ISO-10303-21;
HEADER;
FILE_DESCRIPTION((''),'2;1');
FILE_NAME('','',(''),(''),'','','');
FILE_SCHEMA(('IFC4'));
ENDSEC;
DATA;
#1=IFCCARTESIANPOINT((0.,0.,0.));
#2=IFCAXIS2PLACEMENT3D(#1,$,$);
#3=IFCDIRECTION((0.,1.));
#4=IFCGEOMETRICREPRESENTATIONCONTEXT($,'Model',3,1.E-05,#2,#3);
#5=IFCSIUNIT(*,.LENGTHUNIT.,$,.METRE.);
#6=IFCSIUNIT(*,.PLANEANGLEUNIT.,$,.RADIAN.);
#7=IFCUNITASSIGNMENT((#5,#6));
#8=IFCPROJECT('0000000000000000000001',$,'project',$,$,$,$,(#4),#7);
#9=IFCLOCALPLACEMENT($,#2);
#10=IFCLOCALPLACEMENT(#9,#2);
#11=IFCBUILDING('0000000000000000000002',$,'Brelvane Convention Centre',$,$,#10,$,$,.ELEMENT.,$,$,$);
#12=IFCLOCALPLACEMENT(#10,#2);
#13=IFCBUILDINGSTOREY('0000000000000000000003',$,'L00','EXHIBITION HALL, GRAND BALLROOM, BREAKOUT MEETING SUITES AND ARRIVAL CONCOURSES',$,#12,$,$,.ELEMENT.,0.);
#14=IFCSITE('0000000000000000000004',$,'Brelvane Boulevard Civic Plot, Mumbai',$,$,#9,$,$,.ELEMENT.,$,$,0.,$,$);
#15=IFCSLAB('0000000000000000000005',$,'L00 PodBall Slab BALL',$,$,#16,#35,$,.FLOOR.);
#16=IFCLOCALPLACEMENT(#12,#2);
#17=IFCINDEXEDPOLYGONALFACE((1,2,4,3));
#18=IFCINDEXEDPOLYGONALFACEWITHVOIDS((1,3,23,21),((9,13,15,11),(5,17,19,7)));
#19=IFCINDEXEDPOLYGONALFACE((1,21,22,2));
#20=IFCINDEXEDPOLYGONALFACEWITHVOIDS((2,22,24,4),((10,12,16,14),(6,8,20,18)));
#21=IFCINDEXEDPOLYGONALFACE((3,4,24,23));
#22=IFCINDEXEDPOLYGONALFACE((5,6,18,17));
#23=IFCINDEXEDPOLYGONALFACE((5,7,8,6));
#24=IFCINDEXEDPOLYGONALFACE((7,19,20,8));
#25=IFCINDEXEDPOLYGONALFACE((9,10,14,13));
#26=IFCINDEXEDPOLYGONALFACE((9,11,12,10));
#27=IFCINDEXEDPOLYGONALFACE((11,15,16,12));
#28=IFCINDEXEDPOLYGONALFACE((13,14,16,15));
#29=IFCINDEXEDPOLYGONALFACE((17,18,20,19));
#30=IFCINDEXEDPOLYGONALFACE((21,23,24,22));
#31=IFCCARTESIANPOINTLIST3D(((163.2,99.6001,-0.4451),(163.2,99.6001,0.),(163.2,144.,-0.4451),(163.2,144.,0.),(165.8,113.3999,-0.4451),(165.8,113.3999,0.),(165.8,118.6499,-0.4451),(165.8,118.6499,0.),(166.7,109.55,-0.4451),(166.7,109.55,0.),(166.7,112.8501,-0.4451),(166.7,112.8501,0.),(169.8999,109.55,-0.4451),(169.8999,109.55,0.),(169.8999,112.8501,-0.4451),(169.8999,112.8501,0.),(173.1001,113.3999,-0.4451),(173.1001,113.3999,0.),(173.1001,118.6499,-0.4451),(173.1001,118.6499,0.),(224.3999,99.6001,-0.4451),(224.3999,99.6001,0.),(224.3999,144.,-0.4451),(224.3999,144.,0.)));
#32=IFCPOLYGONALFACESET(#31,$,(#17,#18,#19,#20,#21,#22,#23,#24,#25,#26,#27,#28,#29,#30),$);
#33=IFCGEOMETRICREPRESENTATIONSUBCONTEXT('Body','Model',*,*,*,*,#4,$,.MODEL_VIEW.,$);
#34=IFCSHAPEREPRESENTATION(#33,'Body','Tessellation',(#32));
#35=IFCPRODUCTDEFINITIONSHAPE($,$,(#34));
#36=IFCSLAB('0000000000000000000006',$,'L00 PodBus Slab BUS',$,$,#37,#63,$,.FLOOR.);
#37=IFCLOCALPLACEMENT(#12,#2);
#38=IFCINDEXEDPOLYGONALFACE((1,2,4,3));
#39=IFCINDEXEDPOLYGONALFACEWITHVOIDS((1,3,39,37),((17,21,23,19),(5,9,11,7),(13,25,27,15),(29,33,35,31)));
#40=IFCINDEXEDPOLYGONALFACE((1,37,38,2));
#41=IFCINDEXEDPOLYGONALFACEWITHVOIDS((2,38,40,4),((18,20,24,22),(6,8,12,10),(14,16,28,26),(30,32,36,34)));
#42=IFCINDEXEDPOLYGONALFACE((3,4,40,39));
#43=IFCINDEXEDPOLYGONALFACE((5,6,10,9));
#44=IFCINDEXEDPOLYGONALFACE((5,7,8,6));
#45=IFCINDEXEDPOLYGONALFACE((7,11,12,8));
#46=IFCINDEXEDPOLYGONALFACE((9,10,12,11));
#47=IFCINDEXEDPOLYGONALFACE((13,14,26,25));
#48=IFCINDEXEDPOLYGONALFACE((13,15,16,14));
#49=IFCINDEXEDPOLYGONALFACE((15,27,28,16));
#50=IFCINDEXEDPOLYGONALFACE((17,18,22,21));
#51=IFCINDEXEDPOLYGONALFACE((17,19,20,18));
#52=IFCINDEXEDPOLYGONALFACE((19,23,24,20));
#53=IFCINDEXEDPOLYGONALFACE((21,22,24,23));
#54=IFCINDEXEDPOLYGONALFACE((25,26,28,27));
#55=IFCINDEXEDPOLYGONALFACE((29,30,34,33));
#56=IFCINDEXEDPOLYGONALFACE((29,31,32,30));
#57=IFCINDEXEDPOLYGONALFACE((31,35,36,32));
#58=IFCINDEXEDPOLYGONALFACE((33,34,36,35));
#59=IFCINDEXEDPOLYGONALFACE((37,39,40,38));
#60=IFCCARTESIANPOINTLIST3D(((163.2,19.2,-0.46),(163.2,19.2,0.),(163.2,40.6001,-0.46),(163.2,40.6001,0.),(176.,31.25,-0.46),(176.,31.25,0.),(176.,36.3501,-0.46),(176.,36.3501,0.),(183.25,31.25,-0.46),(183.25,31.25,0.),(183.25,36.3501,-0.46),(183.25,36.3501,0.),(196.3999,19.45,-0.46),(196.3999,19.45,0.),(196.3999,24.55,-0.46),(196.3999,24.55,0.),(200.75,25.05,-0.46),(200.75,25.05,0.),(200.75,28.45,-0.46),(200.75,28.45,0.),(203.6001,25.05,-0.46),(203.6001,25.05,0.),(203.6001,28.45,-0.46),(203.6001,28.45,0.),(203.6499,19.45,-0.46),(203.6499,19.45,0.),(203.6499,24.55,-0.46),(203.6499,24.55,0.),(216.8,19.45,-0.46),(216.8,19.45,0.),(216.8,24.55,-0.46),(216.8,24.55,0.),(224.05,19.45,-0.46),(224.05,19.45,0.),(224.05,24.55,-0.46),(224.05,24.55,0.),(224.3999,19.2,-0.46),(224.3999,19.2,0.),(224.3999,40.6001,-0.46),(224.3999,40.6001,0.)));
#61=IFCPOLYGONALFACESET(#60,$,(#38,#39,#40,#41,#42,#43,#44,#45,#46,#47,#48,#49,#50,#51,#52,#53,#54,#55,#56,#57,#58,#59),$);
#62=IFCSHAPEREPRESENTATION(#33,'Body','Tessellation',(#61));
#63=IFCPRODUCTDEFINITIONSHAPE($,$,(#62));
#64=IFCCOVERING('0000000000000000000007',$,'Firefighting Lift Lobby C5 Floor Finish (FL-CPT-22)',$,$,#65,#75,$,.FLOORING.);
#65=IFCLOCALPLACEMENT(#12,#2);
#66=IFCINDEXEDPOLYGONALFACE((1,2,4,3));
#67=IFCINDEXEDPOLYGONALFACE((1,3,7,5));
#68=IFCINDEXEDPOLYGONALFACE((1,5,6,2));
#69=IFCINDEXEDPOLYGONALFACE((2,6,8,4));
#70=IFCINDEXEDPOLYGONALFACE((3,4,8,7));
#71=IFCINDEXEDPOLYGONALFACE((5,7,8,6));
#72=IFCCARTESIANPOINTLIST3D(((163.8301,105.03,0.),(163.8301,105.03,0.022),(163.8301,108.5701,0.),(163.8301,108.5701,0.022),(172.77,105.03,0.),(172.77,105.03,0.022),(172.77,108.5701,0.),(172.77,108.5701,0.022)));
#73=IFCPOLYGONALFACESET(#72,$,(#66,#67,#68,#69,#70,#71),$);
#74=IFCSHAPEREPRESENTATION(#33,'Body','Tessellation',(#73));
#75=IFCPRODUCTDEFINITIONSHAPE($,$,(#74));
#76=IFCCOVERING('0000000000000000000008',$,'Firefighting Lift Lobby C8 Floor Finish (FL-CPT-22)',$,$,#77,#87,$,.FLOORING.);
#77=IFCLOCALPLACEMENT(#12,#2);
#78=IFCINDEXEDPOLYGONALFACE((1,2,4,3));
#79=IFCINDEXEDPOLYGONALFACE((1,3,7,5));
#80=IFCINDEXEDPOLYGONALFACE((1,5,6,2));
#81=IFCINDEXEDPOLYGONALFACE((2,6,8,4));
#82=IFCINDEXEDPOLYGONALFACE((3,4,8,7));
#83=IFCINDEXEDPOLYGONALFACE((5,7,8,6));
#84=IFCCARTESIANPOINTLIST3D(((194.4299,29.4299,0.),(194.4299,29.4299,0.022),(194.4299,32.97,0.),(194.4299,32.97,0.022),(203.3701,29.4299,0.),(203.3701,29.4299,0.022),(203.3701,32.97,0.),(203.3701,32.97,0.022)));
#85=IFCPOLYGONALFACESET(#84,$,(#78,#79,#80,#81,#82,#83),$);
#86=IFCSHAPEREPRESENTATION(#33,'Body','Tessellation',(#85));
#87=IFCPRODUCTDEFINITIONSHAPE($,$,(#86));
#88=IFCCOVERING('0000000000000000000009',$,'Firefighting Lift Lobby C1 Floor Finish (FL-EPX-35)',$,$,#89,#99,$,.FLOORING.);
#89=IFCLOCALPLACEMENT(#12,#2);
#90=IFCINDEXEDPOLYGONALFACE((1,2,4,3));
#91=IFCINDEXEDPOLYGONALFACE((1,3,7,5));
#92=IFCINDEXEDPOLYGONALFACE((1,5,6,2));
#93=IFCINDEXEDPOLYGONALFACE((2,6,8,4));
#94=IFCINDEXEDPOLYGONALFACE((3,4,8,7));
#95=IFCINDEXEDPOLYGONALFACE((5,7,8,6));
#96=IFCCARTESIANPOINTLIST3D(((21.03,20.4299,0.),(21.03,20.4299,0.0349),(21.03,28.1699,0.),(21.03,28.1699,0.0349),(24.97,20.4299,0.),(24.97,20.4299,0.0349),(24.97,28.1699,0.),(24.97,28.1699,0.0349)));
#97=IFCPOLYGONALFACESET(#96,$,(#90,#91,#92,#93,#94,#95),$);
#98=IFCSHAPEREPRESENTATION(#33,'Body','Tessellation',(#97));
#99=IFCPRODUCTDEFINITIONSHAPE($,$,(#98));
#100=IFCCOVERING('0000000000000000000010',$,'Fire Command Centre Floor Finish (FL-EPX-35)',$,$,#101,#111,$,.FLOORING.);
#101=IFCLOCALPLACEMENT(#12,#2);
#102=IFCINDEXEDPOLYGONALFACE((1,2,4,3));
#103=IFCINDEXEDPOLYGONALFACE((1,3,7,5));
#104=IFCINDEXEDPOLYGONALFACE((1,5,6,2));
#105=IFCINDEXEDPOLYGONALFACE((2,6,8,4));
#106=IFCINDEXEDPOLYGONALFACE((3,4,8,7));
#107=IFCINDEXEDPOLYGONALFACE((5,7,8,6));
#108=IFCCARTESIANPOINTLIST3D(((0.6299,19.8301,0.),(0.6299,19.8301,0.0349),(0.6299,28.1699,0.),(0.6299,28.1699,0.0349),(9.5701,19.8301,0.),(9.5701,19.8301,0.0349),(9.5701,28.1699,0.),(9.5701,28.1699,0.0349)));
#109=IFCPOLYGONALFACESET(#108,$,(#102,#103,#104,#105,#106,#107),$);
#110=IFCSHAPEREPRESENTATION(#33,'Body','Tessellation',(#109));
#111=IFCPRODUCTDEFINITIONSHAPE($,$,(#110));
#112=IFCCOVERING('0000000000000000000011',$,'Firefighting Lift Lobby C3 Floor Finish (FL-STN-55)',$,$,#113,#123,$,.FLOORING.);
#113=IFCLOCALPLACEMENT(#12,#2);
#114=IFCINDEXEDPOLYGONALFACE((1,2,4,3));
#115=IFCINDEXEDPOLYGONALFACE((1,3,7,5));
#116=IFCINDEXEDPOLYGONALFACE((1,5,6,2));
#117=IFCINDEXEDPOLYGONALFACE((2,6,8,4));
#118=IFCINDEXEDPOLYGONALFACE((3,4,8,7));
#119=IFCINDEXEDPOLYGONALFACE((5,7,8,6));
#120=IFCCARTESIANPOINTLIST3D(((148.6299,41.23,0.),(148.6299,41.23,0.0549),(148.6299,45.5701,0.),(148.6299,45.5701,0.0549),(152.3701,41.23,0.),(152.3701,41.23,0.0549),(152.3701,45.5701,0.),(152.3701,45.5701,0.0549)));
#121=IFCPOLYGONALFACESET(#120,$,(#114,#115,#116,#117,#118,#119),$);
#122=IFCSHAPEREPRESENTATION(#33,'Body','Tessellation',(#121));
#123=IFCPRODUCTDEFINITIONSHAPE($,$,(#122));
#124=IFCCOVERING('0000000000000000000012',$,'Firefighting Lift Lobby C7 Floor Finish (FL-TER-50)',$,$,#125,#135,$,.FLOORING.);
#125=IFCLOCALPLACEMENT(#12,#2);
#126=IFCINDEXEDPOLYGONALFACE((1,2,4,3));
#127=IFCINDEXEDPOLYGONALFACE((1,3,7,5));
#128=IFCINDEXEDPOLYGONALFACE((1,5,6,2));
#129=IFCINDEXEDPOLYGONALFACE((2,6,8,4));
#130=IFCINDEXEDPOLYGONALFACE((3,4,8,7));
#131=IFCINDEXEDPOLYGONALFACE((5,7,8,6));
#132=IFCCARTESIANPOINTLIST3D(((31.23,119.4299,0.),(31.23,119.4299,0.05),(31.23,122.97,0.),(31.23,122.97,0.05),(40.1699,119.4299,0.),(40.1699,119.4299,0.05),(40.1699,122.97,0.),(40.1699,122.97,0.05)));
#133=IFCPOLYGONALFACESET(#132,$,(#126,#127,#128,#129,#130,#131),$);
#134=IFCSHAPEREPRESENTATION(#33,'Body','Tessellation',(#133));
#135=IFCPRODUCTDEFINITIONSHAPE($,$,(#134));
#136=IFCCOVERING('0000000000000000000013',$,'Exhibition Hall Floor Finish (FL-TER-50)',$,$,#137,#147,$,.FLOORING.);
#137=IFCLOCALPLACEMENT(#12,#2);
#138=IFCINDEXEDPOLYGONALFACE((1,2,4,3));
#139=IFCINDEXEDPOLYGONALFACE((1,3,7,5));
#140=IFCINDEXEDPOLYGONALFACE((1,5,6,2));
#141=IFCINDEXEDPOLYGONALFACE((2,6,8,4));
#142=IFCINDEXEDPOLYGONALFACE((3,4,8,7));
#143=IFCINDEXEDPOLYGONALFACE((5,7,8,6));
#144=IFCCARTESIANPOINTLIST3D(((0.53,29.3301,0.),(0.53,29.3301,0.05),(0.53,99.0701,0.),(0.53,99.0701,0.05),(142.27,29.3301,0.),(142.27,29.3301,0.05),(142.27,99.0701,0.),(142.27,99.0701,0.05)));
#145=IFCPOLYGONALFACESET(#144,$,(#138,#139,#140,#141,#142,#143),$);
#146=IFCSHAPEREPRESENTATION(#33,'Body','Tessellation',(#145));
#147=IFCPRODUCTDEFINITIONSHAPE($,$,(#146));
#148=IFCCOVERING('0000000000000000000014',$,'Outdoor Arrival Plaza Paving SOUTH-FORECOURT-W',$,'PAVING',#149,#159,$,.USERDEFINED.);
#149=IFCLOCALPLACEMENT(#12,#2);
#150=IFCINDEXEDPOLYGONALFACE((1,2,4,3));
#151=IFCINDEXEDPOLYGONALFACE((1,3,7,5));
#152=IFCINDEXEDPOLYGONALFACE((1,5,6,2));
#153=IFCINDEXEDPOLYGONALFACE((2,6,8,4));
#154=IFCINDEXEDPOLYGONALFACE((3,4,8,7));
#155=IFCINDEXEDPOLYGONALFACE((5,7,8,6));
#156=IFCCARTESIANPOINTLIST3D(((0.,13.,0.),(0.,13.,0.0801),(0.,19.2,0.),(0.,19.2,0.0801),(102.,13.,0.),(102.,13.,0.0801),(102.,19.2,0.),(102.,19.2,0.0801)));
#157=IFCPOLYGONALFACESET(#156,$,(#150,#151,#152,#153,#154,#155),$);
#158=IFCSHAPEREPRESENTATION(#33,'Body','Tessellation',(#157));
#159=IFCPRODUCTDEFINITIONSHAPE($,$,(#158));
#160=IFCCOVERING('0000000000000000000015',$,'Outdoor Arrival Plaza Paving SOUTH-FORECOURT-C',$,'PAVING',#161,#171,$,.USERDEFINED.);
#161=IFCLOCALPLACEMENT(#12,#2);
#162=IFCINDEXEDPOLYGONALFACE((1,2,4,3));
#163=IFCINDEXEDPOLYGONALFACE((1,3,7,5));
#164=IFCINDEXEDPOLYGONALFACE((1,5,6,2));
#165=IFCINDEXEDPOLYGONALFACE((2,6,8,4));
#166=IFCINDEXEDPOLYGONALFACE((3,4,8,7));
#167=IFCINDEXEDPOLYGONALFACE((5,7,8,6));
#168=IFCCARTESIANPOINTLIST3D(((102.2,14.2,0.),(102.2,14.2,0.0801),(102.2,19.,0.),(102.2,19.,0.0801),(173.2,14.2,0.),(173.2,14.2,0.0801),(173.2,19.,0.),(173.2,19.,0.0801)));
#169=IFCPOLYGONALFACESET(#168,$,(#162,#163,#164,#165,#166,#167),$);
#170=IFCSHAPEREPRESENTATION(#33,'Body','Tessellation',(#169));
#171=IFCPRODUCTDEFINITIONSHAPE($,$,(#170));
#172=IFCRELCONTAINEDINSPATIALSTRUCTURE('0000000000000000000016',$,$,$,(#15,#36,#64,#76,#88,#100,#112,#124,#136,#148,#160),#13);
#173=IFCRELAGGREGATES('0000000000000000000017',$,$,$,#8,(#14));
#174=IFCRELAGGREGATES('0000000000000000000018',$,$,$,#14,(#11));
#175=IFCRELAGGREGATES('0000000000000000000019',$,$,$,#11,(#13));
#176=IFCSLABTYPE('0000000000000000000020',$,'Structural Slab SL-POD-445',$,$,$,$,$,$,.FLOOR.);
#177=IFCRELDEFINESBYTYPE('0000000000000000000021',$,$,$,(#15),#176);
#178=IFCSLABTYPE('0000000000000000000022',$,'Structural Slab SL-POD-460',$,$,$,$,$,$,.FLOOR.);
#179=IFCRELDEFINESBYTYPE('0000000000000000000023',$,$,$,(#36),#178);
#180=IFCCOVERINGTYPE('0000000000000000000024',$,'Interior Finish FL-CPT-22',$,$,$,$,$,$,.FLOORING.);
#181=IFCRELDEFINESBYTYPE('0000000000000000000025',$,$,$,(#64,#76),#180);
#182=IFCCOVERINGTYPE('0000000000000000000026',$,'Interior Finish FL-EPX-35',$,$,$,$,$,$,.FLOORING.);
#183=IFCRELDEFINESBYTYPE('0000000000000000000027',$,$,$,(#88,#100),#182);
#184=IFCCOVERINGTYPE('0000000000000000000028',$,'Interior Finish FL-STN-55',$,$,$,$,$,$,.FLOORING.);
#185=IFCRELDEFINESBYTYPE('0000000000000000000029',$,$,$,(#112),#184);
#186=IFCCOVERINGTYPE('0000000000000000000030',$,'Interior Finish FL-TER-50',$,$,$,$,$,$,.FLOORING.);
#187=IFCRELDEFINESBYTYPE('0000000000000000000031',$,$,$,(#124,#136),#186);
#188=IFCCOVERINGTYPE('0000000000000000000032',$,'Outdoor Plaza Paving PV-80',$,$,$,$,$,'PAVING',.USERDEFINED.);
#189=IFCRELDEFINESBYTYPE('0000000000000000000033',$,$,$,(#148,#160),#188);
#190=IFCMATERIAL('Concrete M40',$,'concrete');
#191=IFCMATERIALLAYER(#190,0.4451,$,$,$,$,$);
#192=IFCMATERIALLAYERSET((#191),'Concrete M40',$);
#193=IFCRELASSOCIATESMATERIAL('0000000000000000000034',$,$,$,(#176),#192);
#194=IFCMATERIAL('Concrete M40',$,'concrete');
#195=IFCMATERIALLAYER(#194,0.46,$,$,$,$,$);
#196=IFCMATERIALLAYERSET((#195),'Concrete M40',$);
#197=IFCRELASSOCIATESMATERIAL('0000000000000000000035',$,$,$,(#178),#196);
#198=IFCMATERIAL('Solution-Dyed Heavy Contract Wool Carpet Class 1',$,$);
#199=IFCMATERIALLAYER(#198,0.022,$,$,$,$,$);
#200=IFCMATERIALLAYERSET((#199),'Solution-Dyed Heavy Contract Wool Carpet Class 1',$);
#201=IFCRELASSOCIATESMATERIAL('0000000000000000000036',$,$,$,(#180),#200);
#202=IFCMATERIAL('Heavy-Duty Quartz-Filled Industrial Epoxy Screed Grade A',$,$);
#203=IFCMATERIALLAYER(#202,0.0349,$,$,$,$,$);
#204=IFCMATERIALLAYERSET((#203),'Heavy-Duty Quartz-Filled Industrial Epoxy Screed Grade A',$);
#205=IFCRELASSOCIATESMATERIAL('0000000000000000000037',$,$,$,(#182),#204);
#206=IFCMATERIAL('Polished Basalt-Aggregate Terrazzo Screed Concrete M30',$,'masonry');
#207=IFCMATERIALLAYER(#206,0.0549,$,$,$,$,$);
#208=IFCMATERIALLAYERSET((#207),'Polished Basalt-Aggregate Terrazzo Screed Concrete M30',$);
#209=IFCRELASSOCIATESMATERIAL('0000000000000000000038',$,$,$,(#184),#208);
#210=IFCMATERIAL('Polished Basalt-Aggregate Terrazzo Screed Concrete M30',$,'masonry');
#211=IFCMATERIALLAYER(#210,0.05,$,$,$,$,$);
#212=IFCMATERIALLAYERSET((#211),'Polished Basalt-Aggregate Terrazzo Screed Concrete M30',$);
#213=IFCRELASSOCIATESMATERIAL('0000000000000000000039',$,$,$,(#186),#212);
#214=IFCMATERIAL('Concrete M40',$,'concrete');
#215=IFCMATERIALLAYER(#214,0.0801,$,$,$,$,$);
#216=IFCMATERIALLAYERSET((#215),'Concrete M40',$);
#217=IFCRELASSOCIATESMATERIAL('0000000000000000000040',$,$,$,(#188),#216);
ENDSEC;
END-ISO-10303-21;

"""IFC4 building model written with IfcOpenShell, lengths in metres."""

from ifc_helpers import new_model, si_unit, direction, frame, origin, place, context, subcontext, project, spatial, polyline, outline, extrude, material, layer, layer_set, type_object, element, save


model = new_model("IFC4")

# Units and contexts
model_context = context("Model", 3, precision=1e-05, world=origin(), true_north=direction((0.0, 1.0)))
body_context = subcontext(model_context, "Body", "Model", "MODEL_VIEW")
ifc_project = project(units=[si_unit("LENGTHUNIT", "METRE"), si_unit("PLANEANGLEUNIT", "RADIAN")], contexts=[model_context])

# Site, building, storey
site_placement = place(None, origin())
site = spatial("IfcSite", under=ifc_project, at=site_placement, Name="Brelvane Boulevard Civic Plot, Mumbai", CompositionType="ELEMENT", RefElevation=0.0)
building_placement = place(site_placement, origin())
building = spatial("IfcBuilding", under=site, at=building_placement, Name="Brelvane Convention Centre", CompositionType="ELEMENT")
storey_placement = place(building_placement, origin())
storey = spatial("IfcBuildingStorey", under=building, at=storey_placement, Name="L00", Description="EXHIBITION HALL, GRAND BALLROOM, BREAKOUT MEETING SUITES AND ARRIVAL CONCOURSES", CompositionType="ELEMENT", Elevation=0.0)

# Slabs
ifc_material_1 = material(Name="Concrete M40", Category="concrete")
ifc_layer_1 = layer(ifc_material_1, 0.4451)
ifc_layer_set_1 = layer_set([ifc_layer_1], Name="Concrete M40")
slab_type_1 = type_object("IfcSlabType", Name="Structural Slab SL-POD-445", PredefinedType="FLOOR", material=ifc_layer_set_1)
slab_1_placement = place(storey_placement, frame((0.0, 0.0, -0.4451)))
element("IfcSlab", 1, at=slab_1_placement, inside=storey, type_object=slab_type_1, Name="L00 PodBall Slab BALL", PredefinedType="FLOOR", context=body_context, shape_type="SweptSolid", body=[
    extrude(outline(polyline([(163.2, 99.6001), (224.3999, 99.6001), (224.3999, 144.0), (163.2, 144.0), (163.2, 99.6001)]), holes=[polyline([(165.8, 113.3999), (173.1001, 113.3999), (173.1001, 118.6499), (165.8, 118.6499), (165.8, 113.3999)]), polyline([(166.7, 109.55), (169.8999, 109.55), (169.8999, 112.8501), (166.7, 112.8501), (166.7, 109.55)])]), origin(), (0.0, 0.0, 1.0), 0.4451),
])
ifc_material_2 = material(Name="Concrete M40", Category="concrete")
ifc_layer_2 = layer(ifc_material_2, 0.46)
ifc_layer_set_2 = layer_set([ifc_layer_2], Name="Concrete M40")
slab_type_2 = type_object("IfcSlabType", Name="Structural Slab SL-POD-460", PredefinedType="FLOOR", material=ifc_layer_set_2)
slab_2_placement = place(storey_placement, frame((0.0, 0.0, -0.46)))
element("IfcSlab", 2, at=slab_2_placement, inside=storey, type_object=slab_type_2, Name="L00 PodBus Slab BUS", PredefinedType="FLOOR", context=body_context, shape_type="SweptSolid", body=[
    extrude(outline(polyline([(163.2, 19.2), (224.3999, 19.2), (224.3999, 40.6001), (163.2, 40.6001), (163.2, 19.2)]), holes=[polyline([(196.3999, 19.45), (203.6499, 19.45), (203.6499, 24.55), (196.3999, 24.55), (196.3999, 19.45)]), polyline([(200.75, 25.05), (203.6001, 25.05), (203.6001, 28.45), (200.75, 28.45), (200.75, 25.05)]), polyline([(216.8, 19.45), (224.05, 19.45), (224.05, 24.55), (216.8, 24.55), (216.8, 19.45)]), polyline([(176.0, 31.25), (183.25, 31.25), (183.25, 36.3501), (176.0, 36.3501), (176.0, 31.25)])]), origin(), (0.0, 0.0, 1.0), 0.46),
])

# Coverings
ifc_material_3 = material(Name="Solution-Dyed Heavy Contract Wool Carpet Class 1")
ifc_layer_3 = layer(ifc_material_3, 0.022)
ifc_layer_set_3 = layer_set([ifc_layer_3], Name="Solution-Dyed Heavy Contract Wool Carpet Class 1")
covering_type_1 = type_object("IfcCoveringType", Name="Interior Finish FL-CPT-22", PredefinedType="FLOORING", material=ifc_layer_set_3)
covering_1_placement = place(storey_placement, origin())
element("IfcCovering", 3, at=covering_1_placement, inside=storey, type_object=covering_type_1, Name="Firefighting Lift Lobby C5 Floor Finish (FL-CPT-22)", PredefinedType="FLOORING", context=body_context, shape_type="SweptSolid", body=[
    extrude(outline(polyline([(163.8301, 105.03), (172.77, 105.03), (172.77, 108.5701), (163.8301, 108.5701), (163.8301, 105.03)])), origin(), (0.0, 0.0, 1.0), 0.022),
])
covering_2_placement = place(storey_placement, origin())
element("IfcCovering", 4, at=covering_2_placement, inside=storey, type_object=covering_type_1, Name="Firefighting Lift Lobby C8 Floor Finish (FL-CPT-22)", PredefinedType="FLOORING", context=body_context, shape_type="SweptSolid", body=[
    extrude(outline(polyline([(194.4299, 29.4299), (203.3701, 29.4299), (203.3701, 32.97), (194.4299, 32.97), (194.4299, 29.4299)])), origin(), (0.0, 0.0, 1.0), 0.022),
])
ifc_material_4 = material(Name="Heavy-Duty Quartz-Filled Industrial Epoxy Screed Grade A")
ifc_layer_4 = layer(ifc_material_4, 0.0349)
ifc_layer_set_4 = layer_set([ifc_layer_4], Name="Heavy-Duty Quartz-Filled Industrial Epoxy Screed Grade A")
covering_type_2 = type_object("IfcCoveringType", Name="Interior Finish FL-EPX-35", PredefinedType="FLOORING", material=ifc_layer_set_4)
covering_3_placement = place(storey_placement, origin())
element("IfcCovering", 5, at=covering_3_placement, inside=storey, type_object=covering_type_2, Name="Firefighting Lift Lobby C1 Floor Finish (FL-EPX-35)", PredefinedType="FLOORING", context=body_context, shape_type="SweptSolid", body=[
    extrude(outline(polyline([(21.03, 20.4299), (24.97, 20.4299), (24.97, 28.1699), (21.03, 28.1699), (21.03, 20.4299)])), origin(), (0.0, 0.0, 1.0), 0.0349),
])
covering_4_placement = place(storey_placement, origin())
element("IfcCovering", 6, at=covering_4_placement, inside=storey, type_object=covering_type_2, Name="Fire Command Centre Floor Finish (FL-EPX-35)", PredefinedType="FLOORING", context=body_context, shape_type="SweptSolid", body=[
    extrude(outline(polyline([(0.6299, 19.8301), (9.5701, 19.8301), (9.5701, 28.1699), (0.6299, 28.1699), (0.6299, 19.8301)])), origin(), (0.0, 0.0, 1.0), 0.0349),
])
ifc_material_5 = material(Name="Polished Basalt-Aggregate Terrazzo Screed Concrete M30", Category="masonry")
ifc_layer_5 = layer(ifc_material_5, 0.0549)
ifc_layer_set_5 = layer_set([ifc_layer_5], Name="Polished Basalt-Aggregate Terrazzo Screed Concrete M30")
covering_type_3 = type_object("IfcCoveringType", Name="Interior Finish FL-STN-55", PredefinedType="FLOORING", material=ifc_layer_set_5)
covering_5_placement = place(storey_placement, origin())
element("IfcCovering", 7, at=covering_5_placement, inside=storey, type_object=covering_type_3, Name="Firefighting Lift Lobby C3 Floor Finish (FL-STN-55)", PredefinedType="FLOORING", context=body_context, shape_type="SweptSolid", body=[
    extrude(outline(polyline([(148.6299, 41.23), (152.3701, 41.23), (152.3701, 45.5701), (148.6299, 45.5701), (148.6299, 41.23)])), origin(), (0.0, 0.0, 1.0), 0.0549),
])
ifc_material_6 = material(Name="Polished Basalt-Aggregate Terrazzo Screed Concrete M30", Category="masonry")
ifc_layer_6 = layer(ifc_material_6, 0.05)
ifc_layer_set_6 = layer_set([ifc_layer_6], Name="Polished Basalt-Aggregate Terrazzo Screed Concrete M30")
covering_type_4 = type_object("IfcCoveringType", Name="Interior Finish FL-TER-50", PredefinedType="FLOORING", material=ifc_layer_set_6)
covering_6_placement = place(storey_placement, origin())
element("IfcCovering", 8, at=covering_6_placement, inside=storey, type_object=covering_type_4, Name="Firefighting Lift Lobby C7 Floor Finish (FL-TER-50)", PredefinedType="FLOORING", context=body_context, shape_type="SweptSolid", body=[
    extrude(outline(polyline([(31.23, 119.4299), (40.1699, 119.4299), (40.1699, 122.97), (31.23, 122.97), (31.23, 119.4299)])), origin(), (0.0, 0.0, 1.0), 0.05),
])
covering_7_placement = place(storey_placement, origin())
element("IfcCovering", 9, at=covering_7_placement, inside=storey, type_object=covering_type_4, Name="Exhibition Hall Floor Finish (FL-TER-50)", PredefinedType="FLOORING", context=body_context, shape_type="SweptSolid", body=[
    extrude(outline(polyline([(0.53, 29.3301), (142.27, 29.3301), (142.27, 99.0701), (0.53, 99.0701), (0.53, 29.3301)])), origin(), (0.0, 0.0, 1.0), 0.05),
])
ifc_material_7 = material(Name="Concrete M40", Category="concrete")
ifc_layer_7 = layer(ifc_material_7, 0.0801)
ifc_layer_set_7 = layer_set([ifc_layer_7], Name="Concrete M40")
covering_type_5 = type_object("IfcCoveringType", Name="Outdoor Plaza Paving PV-80", ElementType="PAVING", PredefinedType="USERDEFINED", material=ifc_layer_set_7)
covering_8_placement = place(storey_placement, origin())
element("IfcCovering", 10, at=covering_8_placement, inside=storey, type_object=covering_type_5, Name="Outdoor Arrival Plaza Paving SOUTH-FORECOURT-W", ObjectType="PAVING", PredefinedType="USERDEFINED", context=body_context, shape_type="SweptSolid", body=[
    extrude(outline(polyline([(0.0, 13.0), (102.0, 13.0), (102.0, 19.2), (0.0, 19.2), (0.0, 13.0)])), origin(), (0.0, 0.0, 1.0), 0.0801),
])
covering_9_placement = place(storey_placement, origin())
element("IfcCovering", 11, at=covering_9_placement, inside=storey, type_object=covering_type_5, Name="Outdoor Arrival Plaza Paving SOUTH-FORECOURT-C", ObjectType="PAVING", PredefinedType="USERDEFINED", context=body_context, shape_type="SweptSolid", body=[
    extrude(outline(polyline([(102.2, 14.2), (173.2, 14.2), (173.2, 19.0), (102.2, 19.0), (102.2, 14.2)])), origin(), (0.0, 0.0, 1.0), 0.0801),
])

save(model, "model.ifc")
